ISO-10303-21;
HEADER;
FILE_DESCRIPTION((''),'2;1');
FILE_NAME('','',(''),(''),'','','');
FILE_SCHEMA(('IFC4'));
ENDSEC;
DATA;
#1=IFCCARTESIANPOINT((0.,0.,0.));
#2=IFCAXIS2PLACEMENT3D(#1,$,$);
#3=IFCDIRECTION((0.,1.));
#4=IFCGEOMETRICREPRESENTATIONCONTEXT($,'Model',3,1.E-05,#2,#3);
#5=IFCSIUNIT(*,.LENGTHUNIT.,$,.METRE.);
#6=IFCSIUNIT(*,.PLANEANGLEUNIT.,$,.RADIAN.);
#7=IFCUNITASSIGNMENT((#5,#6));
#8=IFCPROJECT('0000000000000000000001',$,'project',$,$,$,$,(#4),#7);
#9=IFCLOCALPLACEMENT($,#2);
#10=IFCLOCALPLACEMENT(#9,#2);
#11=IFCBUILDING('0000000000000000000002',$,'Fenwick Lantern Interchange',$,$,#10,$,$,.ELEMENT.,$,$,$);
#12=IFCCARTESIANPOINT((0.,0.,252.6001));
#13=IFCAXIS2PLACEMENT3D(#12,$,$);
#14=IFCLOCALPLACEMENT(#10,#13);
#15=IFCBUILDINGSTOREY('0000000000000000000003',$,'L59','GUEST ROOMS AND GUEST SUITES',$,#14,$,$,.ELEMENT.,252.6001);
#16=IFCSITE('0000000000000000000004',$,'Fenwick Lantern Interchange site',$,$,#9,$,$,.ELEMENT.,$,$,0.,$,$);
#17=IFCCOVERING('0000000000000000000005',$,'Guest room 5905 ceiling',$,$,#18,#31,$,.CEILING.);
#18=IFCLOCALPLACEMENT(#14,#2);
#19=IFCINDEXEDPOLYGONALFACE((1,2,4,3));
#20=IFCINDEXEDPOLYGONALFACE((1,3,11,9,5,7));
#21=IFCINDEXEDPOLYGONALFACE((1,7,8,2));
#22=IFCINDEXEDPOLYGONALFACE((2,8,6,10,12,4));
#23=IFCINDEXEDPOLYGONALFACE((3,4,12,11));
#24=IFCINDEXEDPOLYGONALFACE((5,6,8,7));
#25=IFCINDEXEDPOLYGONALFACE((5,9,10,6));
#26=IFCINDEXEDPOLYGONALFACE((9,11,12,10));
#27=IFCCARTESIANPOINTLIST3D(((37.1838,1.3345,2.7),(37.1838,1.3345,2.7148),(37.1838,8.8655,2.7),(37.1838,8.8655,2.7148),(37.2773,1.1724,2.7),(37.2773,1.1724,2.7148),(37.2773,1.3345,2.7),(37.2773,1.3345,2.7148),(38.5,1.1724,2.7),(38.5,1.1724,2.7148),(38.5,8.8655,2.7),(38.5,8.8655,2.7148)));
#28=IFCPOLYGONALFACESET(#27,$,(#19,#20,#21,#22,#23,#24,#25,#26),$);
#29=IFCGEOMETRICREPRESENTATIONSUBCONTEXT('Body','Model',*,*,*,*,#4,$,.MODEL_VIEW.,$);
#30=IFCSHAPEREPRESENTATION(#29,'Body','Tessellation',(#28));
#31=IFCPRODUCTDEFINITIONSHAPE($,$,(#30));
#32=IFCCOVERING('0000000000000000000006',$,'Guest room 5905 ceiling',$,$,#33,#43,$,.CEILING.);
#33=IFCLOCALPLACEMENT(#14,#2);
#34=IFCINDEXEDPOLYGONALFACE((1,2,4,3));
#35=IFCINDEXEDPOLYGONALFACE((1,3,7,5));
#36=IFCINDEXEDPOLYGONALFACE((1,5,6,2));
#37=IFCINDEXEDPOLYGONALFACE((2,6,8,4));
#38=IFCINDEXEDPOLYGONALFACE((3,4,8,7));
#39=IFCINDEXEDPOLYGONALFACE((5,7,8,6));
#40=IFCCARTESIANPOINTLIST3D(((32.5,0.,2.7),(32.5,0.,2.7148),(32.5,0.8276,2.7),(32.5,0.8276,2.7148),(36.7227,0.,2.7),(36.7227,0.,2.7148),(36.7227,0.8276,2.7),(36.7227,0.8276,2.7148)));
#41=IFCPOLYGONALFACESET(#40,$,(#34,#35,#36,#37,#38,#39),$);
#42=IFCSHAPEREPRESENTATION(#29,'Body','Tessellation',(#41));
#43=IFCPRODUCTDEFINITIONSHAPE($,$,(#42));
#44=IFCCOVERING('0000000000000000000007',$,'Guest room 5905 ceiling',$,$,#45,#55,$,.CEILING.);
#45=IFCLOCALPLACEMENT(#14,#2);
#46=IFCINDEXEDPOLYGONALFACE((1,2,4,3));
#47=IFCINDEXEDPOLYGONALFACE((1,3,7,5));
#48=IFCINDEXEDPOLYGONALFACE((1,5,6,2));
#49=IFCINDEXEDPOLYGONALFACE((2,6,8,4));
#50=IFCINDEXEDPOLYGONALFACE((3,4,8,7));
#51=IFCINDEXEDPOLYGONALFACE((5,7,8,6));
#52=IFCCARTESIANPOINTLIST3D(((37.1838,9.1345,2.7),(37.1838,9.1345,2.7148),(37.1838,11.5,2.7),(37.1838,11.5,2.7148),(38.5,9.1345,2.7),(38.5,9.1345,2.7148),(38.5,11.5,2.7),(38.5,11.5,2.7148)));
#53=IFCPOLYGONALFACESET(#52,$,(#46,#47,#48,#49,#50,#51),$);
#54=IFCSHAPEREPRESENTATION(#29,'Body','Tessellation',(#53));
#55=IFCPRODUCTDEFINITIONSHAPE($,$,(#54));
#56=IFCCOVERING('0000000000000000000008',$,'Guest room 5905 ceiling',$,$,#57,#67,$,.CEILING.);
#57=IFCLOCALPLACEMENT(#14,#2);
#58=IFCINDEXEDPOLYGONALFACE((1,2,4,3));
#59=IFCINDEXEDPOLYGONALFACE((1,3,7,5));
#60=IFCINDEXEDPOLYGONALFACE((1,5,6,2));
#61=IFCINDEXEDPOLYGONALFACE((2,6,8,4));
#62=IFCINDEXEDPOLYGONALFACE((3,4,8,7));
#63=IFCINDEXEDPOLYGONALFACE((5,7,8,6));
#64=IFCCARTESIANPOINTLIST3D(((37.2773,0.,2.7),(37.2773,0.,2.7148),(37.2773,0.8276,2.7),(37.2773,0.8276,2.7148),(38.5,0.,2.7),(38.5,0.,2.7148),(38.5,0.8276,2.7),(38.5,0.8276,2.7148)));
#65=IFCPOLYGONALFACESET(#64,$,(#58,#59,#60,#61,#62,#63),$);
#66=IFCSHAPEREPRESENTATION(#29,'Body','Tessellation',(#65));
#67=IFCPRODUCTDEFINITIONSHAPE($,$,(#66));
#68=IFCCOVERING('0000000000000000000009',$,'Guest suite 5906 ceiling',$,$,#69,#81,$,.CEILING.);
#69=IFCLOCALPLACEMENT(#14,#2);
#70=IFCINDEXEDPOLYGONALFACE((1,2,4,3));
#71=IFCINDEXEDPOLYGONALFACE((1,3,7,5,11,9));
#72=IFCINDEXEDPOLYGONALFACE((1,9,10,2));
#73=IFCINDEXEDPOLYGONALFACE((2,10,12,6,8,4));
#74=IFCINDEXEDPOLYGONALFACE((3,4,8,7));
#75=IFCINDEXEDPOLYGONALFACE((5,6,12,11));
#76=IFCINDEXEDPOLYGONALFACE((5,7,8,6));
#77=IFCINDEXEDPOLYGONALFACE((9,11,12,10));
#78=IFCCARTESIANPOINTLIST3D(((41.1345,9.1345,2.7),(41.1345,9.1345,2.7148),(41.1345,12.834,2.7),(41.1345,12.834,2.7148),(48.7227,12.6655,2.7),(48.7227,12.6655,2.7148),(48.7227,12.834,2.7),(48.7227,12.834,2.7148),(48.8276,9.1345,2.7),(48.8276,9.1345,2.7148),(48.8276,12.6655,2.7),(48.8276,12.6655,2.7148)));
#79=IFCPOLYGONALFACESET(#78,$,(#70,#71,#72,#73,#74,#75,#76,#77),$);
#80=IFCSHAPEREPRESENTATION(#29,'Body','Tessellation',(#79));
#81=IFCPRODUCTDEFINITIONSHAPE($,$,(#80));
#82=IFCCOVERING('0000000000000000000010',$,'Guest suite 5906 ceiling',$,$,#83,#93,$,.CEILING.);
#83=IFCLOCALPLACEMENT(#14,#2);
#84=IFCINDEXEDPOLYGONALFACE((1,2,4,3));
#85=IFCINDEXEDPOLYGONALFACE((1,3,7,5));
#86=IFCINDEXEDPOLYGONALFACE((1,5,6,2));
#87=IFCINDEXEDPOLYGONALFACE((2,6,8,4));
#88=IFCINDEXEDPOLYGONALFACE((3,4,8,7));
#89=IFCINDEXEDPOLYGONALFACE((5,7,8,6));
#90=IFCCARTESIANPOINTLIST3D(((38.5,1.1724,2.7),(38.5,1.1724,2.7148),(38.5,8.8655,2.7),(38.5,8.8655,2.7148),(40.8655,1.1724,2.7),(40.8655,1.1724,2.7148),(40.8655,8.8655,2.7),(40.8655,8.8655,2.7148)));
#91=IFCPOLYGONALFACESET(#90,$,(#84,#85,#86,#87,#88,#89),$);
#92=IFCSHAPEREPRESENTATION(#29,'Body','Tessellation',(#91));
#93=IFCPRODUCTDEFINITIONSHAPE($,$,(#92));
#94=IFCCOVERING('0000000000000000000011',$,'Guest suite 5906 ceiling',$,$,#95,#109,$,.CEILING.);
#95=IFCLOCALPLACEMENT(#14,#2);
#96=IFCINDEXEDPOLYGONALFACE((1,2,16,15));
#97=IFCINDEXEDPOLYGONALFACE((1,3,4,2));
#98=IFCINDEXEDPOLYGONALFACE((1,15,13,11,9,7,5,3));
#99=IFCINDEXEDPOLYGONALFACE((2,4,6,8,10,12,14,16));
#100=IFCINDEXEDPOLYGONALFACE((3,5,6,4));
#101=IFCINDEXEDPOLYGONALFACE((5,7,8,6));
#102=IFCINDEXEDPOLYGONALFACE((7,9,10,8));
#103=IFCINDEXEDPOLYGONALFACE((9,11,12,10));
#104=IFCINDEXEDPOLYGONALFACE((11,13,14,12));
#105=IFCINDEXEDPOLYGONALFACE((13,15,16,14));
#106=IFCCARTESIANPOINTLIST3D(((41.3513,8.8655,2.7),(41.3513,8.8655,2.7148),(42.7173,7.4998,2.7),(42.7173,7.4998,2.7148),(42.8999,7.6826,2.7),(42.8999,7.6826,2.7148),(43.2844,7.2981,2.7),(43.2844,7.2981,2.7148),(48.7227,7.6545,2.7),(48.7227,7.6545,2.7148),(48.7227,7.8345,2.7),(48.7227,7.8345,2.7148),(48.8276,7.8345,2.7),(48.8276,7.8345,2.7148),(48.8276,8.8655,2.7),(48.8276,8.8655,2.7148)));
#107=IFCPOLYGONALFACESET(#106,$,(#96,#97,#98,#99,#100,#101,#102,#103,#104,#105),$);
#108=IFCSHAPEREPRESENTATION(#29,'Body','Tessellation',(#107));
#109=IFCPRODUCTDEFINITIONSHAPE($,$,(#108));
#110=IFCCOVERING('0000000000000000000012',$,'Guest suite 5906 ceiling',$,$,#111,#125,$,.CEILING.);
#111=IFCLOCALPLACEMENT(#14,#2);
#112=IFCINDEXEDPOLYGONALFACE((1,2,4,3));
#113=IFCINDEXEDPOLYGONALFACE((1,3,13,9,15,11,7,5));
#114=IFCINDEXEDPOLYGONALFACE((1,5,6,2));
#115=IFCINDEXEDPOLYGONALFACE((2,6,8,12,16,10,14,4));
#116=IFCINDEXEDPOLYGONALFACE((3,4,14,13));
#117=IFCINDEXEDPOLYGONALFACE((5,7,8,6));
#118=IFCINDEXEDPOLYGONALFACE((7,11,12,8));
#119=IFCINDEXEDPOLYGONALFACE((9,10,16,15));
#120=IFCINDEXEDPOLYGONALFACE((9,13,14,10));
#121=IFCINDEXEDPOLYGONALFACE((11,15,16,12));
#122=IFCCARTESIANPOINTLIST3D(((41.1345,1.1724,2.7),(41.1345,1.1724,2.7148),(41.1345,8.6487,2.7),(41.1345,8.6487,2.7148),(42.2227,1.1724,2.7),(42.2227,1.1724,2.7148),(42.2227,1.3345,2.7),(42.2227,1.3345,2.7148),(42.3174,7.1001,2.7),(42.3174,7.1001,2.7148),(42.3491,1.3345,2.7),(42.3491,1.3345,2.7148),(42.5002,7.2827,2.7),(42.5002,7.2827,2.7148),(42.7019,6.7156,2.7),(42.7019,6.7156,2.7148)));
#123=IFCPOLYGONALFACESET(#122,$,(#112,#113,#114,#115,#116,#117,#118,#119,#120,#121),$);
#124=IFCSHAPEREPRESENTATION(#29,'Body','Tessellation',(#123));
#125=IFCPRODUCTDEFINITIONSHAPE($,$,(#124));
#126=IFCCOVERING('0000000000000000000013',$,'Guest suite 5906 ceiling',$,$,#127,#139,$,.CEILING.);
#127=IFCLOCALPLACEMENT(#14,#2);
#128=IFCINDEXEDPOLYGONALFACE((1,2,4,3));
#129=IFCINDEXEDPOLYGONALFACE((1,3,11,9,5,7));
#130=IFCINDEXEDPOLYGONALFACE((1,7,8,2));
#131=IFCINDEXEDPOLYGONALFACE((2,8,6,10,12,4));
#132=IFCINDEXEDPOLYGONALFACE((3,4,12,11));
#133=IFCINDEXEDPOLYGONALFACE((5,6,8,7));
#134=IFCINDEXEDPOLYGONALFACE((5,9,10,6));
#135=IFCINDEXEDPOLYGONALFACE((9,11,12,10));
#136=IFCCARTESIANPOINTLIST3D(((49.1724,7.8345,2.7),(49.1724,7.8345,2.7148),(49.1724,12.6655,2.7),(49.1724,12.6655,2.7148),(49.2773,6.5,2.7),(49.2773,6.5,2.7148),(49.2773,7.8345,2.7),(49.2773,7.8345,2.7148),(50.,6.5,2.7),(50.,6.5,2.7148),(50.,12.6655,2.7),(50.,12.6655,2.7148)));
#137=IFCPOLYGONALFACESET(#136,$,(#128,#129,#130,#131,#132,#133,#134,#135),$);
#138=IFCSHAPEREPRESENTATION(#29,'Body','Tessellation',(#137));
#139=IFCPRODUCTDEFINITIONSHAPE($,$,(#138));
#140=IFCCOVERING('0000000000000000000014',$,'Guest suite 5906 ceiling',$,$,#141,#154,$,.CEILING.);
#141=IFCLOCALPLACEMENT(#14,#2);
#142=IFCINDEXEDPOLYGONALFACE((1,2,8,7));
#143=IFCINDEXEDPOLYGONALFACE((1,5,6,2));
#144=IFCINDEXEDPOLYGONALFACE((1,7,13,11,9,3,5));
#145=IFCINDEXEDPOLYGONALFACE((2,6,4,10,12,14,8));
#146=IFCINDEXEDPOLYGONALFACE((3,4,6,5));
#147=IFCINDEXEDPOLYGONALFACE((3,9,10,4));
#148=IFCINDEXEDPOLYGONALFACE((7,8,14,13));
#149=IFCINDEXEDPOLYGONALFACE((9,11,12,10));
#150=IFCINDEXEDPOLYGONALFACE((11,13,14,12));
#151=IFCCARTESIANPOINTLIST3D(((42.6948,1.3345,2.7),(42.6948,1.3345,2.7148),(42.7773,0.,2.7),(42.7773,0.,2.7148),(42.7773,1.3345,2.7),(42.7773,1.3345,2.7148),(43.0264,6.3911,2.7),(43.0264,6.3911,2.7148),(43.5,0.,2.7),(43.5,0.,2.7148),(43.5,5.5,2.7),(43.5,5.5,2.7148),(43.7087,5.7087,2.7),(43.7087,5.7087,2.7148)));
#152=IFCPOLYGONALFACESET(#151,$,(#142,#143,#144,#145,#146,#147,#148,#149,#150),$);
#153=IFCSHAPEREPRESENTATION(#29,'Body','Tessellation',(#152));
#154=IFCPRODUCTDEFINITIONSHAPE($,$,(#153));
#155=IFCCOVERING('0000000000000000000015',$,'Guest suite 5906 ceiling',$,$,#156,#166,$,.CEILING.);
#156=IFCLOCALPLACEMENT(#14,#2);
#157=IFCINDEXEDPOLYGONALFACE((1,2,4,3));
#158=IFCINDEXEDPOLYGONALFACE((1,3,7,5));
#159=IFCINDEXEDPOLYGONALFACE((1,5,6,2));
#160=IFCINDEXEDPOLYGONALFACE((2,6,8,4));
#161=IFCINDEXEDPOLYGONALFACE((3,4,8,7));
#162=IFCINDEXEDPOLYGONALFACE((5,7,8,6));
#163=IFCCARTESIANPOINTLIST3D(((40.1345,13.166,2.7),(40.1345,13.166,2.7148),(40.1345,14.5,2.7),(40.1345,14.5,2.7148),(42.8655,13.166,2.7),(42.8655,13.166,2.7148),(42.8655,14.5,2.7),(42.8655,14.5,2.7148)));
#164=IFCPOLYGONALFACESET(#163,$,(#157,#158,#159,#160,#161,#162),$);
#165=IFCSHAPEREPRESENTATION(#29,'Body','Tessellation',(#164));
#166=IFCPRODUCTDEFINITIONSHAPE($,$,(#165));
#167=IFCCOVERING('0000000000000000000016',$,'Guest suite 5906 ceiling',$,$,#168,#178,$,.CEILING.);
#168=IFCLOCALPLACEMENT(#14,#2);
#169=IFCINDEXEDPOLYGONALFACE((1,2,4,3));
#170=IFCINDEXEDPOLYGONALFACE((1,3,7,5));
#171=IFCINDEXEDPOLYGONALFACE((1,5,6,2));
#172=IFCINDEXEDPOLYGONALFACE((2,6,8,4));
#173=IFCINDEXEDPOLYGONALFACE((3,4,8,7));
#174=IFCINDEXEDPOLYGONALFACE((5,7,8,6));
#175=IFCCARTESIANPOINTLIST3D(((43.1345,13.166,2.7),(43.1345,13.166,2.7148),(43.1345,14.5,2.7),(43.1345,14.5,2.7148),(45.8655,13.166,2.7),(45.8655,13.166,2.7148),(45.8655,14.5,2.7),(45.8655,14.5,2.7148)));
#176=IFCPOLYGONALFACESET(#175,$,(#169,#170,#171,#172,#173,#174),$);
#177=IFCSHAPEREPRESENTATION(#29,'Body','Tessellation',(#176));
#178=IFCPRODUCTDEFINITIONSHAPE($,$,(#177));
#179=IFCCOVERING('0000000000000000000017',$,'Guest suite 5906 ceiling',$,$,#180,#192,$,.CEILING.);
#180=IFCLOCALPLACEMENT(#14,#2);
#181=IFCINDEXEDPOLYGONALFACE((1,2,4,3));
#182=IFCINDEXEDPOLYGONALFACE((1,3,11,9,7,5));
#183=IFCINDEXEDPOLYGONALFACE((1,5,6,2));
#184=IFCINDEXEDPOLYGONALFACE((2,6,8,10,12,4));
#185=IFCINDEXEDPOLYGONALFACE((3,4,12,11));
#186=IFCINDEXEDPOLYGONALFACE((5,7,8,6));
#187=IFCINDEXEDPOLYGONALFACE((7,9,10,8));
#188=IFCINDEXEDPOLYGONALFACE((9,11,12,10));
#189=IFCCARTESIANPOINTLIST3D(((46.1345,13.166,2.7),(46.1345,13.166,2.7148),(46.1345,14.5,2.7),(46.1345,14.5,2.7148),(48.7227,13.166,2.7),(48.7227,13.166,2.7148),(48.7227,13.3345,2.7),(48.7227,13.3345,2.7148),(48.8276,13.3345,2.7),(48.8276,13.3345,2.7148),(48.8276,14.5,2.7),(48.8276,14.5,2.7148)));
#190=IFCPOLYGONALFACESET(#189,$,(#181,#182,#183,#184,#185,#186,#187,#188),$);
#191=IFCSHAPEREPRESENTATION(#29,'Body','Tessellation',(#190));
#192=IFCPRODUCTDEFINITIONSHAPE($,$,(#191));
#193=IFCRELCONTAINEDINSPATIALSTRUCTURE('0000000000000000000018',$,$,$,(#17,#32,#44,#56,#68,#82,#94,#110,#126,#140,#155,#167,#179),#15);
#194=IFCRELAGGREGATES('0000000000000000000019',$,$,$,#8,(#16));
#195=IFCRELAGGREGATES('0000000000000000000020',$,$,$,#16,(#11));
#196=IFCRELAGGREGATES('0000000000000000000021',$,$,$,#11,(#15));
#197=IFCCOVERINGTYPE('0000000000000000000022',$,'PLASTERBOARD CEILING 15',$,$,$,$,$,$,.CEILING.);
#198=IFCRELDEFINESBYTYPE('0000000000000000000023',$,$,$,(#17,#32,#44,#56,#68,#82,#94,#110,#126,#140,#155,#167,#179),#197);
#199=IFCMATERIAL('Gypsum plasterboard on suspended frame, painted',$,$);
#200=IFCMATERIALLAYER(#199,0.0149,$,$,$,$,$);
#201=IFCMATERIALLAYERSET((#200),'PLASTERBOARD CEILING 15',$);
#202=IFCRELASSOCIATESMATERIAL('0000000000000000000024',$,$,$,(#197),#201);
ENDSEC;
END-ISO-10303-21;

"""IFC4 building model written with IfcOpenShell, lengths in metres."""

from ifc_helpers import new_model, si_unit, direction, frame, origin, place, context, subcontext, project, spatial, polyline, outline, extrude, material, layer, layer_set, type_object, element, save


model = new_model("IFC4")

# Units and contexts
model_context = context("Model", 3, precision=1e-05, world=origin(), true_north=direction((0.0, 1.0)))
body_context = subcontext(model_context, "Body", "Model", "MODEL_VIEW")
ifc_project = project(units=[si_unit("LENGTHUNIT", "METRE"), si_unit("PLANEANGLEUNIT", "RADIAN")], contexts=[model_context])

# Site, building, storey
site_placement = place(None, origin())
site = spatial("IfcSite", under=ifc_project, at=site_placement, Name="Fenwick Lantern Interchange site", CompositionType="ELEMENT", RefElevation=0.0)
building_placement = place(site_placement, origin())
building = spatial("IfcBuilding", under=site, at=building_placement, Name="Fenwick Lantern Interchange", CompositionType="ELEMENT")
storey_placement = place(building_placement, frame((0.0, 0.0, 252.6001)))
storey = spatial("IfcBuildingStorey", under=building, at=storey_placement, Name="L59", Description="GUEST ROOMS AND GUEST SUITES", CompositionType="ELEMENT", Elevation=252.6001)

# Coverings
ifc_material = material(Name="Gypsum plasterboard on suspended frame, painted")
ifc_layer = layer(ifc_material, 0.0149)
ifc_layer_set = layer_set([ifc_layer], Name="PLASTERBOARD CEILING 15")
covering_type = type_object("IfcCoveringType", Name="PLASTERBOARD CEILING 15", PredefinedType="CEILING", material=ifc_layer_set)
covering_1_placement = place(storey_placement, frame((0.0, 0.0, 2.7)))
element("IfcCovering", 1, at=covering_1_placement, inside=storey, type_object=covering_type, Name="Guest room 5905 ceiling", PredefinedType="CEILING", context=body_context, shape_type="SweptSolid", body=[
    extrude(outline(polyline([(37.2773, 1.3345), (37.2773, 1.1724), (38.5, 1.1724), (38.5, 8.8655), (37.1838, 8.8655), (37.1838, 1.3345), (37.2773, 1.3345)])), origin(), (0.0, 0.0, 1.0), 0.0149),
])
covering_2_placement = place(storey_placement, frame((0.0, 0.0, 2.7)))
element("IfcCovering", 2, at=covering_2_placement, inside=storey, type_object=covering_type, Name="Guest room 5905 ceiling", PredefinedType="CEILING", context=body_context, shape_type="SweptSolid", body=[
    extrude(outline(polyline([(36.7227, 0.0), (36.7227, 0.8276), (32.5, 0.8276), (32.5, 0.0), (36.7227, 0.0)])), origin(), (0.0, 0.0, 1.0), 0.0149),
])
covering_3_placement = place(storey_placement, frame((0.0, 0.0, 2.7)))
element("IfcCovering", 3, at=covering_3_placement, inside=storey, type_object=covering_type, Name="Guest room 5905 ceiling", PredefinedType="CEILING", context=body_context, shape_type="SweptSolid", body=[
    extrude(outline(polyline([(38.5, 11.5), (37.1838, 11.5), (37.1838, 9.1345), (38.5, 9.1345), (38.5, 11.5)])), origin(), (0.0, 0.0, 1.0), 0.0149),
])
covering_4_placement = place(storey_placement, frame((0.0, 0.0, 2.7)))
element("IfcCovering", 4, at=covering_4_placement, inside=storey, type_object=covering_type, Name="Guest room 5905 ceiling", PredefinedType="CEILING", context=body_context, shape_type="SweptSolid", body=[
    extrude(outline(polyline([(37.2773, 0.0), (38.5, 0.0), (38.5, 0.8276), (37.2773, 0.8276), (37.2773, 0.0)])), origin(), (0.0, 0.0, 1.0), 0.0149),
])
covering_5_placement = place(storey_placement, frame((0.0, 0.0, 2.7)))
element("IfcCovering", 5, at=covering_5_placement, inside=storey, type_object=covering_type, Name="Guest suite 5906 ceiling", PredefinedType="CEILING", context=body_context, shape_type="SweptSolid", body=[
    extrude(outline(polyline([(48.7227, 12.6655), (48.7227, 12.834), (41.1345, 12.834), (41.1345, 9.1345), (48.8276, 9.1345), (48.8276, 12.6655), (48.7227, 12.6655)])), origin(), (0.0, 0.0, 1.0), 0.0149),
])
covering_6_placement = place(storey_placement, frame((0.0, 0.0, 2.7)))
element("IfcCovering", 6, at=covering_6_placement, inside=storey, type_object=covering_type, Name="Guest suite 5906 ceiling", PredefinedType="CEILING", context=body_context, shape_type="SweptSolid", body=[
    extrude(outline(polyline([(38.5, 8.8655), (38.5, 1.1724), (40.8655, 1.1724), (40.8655, 8.8655), (38.5, 8.8655)])), origin(), (0.0, 0.0, 1.0), 0.0149),
])
covering_7_placement = place(storey_placement, frame((0.0, 0.0, 2.7)))
element("IfcCovering", 7, at=covering_7_placement, inside=storey, type_object=covering_type, Name="Guest suite 5906 ceiling", PredefinedType="CEILING", context=body_context, shape_type="SweptSolid", body=[
    extrude(outline(polyline([(48.7227, 7.8345), (48.8276, 7.8345), (48.8276, 8.8655), (41.3513, 8.8655), (42.7173, 7.4998), (42.8999, 7.6826), (43.2844, 7.2981), (48.7227, 7.6545), (48.7227, 7.8345)])), origin(), (0.0, 0.0, 1.0), 0.0149),
])
covering_8_placement = place(storey_placement, frame((0.0, 0.0, 2.7)))
element("IfcCovering", 8, at=covering_8_placement, inside=storey, type_object=covering_type, Name="Guest suite 5906 ceiling", PredefinedType="CEILING", context=body_context, shape_type="SweptSolid", body=[
    extrude(outline(polyline([(42.2227, 1.3345), (42.3491, 1.3345), (42.7019, 6.7156), (42.3174, 7.1001), (42.5002, 7.2827), (41.1345, 8.6487), (41.1345, 1.1724), (42.2227, 1.1724), (42.2227, 1.3345)])), origin(), (0.0, 0.0, 1.0), 0.0149),
])
covering_9_placement = place(storey_placement, frame((0.0, 0.0, 2.7)))
element("IfcCovering", 9, at=covering_9_placement, inside=storey, type_object=covering_type, Name="Guest suite 5906 ceiling", PredefinedType="CEILING", context=body_context, shape_type="SweptSolid", body=[
    extrude(outline(polyline([(50.0, 12.6655), (49.1724, 12.6655), (49.1724, 7.8345), (49.2773, 7.8345), (49.2773, 6.5), (50.0, 6.5), (50.0, 12.6655)])), origin(), (0.0, 0.0, 1.0), 0.0149),
])
covering_10_placement = place(storey_placement, frame((0.0, 0.0, 2.7)))
element("IfcCovering", 10, at=covering_10_placement, inside=storey, type_object=covering_type, Name="Guest suite 5906 ceiling", PredefinedType="CEILING", context=body_context, shape_type="SweptSolid", body=[
    extrude(outline(polyline([(42.6948, 1.3345), (42.7773, 1.3345), (42.7773, 0.0), (43.5, 0.0), (43.5, 5.5), (43.7087, 5.7087), (43.0264, 6.3911), (42.6948, 1.3345)])), origin(), (0.0, 0.0, 1.0), 0.0149),
])
covering_11_placement = place(storey_placement, frame((0.0, 0.0, 2.7)))
element("IfcCovering", 11, at=covering_11_placement, inside=storey, type_object=covering_type, Name="Guest suite 5906 ceiling", PredefinedType="CEILING", context=body_context, shape_type="SweptSolid", body=[
    extrude(outline(polyline([(42.8655, 14.5), (40.1345, 14.5), (40.1345, 13.166), (42.8655, 13.166), (42.8655, 14.5)])), origin(), (0.0, 0.0, 1.0), 0.0149),
])
covering_12_placement = place(storey_placement, frame((0.0, 0.0, 2.7)))
element("IfcCovering", 12, at=covering_12_placement, inside=storey, type_object=covering_type, Name="Guest suite 5906 ceiling", PredefinedType="CEILING", context=body_context, shape_type="SweptSolid", body=[
    extrude(outline(polyline([(45.8655, 14.5), (43.1345, 14.5), (43.1345, 13.166), (45.8655, 13.166), (45.8655, 14.5)])), origin(), (0.0, 0.0, 1.0), 0.0149),
])
covering_13_placement = place(storey_placement, frame((0.0, 0.0, 2.7)))
element("IfcCovering", 13, at=covering_13_placement, inside=storey, type_object=covering_type, Name="Guest suite 5906 ceiling", PredefinedType="CEILING", context=body_context, shape_type="SweptSolid", body=[
    extrude(outline(polyline([(48.8276, 14.5), (46.1345, 14.5), (46.1345, 13.166), (48.7227, 13.166), (48.7227, 13.3345), (48.8276, 13.3345), (48.8276, 14.5)])), origin(), (0.0, 0.0, 1.0), 0.0149),
])

save(model, "model.ifc")
